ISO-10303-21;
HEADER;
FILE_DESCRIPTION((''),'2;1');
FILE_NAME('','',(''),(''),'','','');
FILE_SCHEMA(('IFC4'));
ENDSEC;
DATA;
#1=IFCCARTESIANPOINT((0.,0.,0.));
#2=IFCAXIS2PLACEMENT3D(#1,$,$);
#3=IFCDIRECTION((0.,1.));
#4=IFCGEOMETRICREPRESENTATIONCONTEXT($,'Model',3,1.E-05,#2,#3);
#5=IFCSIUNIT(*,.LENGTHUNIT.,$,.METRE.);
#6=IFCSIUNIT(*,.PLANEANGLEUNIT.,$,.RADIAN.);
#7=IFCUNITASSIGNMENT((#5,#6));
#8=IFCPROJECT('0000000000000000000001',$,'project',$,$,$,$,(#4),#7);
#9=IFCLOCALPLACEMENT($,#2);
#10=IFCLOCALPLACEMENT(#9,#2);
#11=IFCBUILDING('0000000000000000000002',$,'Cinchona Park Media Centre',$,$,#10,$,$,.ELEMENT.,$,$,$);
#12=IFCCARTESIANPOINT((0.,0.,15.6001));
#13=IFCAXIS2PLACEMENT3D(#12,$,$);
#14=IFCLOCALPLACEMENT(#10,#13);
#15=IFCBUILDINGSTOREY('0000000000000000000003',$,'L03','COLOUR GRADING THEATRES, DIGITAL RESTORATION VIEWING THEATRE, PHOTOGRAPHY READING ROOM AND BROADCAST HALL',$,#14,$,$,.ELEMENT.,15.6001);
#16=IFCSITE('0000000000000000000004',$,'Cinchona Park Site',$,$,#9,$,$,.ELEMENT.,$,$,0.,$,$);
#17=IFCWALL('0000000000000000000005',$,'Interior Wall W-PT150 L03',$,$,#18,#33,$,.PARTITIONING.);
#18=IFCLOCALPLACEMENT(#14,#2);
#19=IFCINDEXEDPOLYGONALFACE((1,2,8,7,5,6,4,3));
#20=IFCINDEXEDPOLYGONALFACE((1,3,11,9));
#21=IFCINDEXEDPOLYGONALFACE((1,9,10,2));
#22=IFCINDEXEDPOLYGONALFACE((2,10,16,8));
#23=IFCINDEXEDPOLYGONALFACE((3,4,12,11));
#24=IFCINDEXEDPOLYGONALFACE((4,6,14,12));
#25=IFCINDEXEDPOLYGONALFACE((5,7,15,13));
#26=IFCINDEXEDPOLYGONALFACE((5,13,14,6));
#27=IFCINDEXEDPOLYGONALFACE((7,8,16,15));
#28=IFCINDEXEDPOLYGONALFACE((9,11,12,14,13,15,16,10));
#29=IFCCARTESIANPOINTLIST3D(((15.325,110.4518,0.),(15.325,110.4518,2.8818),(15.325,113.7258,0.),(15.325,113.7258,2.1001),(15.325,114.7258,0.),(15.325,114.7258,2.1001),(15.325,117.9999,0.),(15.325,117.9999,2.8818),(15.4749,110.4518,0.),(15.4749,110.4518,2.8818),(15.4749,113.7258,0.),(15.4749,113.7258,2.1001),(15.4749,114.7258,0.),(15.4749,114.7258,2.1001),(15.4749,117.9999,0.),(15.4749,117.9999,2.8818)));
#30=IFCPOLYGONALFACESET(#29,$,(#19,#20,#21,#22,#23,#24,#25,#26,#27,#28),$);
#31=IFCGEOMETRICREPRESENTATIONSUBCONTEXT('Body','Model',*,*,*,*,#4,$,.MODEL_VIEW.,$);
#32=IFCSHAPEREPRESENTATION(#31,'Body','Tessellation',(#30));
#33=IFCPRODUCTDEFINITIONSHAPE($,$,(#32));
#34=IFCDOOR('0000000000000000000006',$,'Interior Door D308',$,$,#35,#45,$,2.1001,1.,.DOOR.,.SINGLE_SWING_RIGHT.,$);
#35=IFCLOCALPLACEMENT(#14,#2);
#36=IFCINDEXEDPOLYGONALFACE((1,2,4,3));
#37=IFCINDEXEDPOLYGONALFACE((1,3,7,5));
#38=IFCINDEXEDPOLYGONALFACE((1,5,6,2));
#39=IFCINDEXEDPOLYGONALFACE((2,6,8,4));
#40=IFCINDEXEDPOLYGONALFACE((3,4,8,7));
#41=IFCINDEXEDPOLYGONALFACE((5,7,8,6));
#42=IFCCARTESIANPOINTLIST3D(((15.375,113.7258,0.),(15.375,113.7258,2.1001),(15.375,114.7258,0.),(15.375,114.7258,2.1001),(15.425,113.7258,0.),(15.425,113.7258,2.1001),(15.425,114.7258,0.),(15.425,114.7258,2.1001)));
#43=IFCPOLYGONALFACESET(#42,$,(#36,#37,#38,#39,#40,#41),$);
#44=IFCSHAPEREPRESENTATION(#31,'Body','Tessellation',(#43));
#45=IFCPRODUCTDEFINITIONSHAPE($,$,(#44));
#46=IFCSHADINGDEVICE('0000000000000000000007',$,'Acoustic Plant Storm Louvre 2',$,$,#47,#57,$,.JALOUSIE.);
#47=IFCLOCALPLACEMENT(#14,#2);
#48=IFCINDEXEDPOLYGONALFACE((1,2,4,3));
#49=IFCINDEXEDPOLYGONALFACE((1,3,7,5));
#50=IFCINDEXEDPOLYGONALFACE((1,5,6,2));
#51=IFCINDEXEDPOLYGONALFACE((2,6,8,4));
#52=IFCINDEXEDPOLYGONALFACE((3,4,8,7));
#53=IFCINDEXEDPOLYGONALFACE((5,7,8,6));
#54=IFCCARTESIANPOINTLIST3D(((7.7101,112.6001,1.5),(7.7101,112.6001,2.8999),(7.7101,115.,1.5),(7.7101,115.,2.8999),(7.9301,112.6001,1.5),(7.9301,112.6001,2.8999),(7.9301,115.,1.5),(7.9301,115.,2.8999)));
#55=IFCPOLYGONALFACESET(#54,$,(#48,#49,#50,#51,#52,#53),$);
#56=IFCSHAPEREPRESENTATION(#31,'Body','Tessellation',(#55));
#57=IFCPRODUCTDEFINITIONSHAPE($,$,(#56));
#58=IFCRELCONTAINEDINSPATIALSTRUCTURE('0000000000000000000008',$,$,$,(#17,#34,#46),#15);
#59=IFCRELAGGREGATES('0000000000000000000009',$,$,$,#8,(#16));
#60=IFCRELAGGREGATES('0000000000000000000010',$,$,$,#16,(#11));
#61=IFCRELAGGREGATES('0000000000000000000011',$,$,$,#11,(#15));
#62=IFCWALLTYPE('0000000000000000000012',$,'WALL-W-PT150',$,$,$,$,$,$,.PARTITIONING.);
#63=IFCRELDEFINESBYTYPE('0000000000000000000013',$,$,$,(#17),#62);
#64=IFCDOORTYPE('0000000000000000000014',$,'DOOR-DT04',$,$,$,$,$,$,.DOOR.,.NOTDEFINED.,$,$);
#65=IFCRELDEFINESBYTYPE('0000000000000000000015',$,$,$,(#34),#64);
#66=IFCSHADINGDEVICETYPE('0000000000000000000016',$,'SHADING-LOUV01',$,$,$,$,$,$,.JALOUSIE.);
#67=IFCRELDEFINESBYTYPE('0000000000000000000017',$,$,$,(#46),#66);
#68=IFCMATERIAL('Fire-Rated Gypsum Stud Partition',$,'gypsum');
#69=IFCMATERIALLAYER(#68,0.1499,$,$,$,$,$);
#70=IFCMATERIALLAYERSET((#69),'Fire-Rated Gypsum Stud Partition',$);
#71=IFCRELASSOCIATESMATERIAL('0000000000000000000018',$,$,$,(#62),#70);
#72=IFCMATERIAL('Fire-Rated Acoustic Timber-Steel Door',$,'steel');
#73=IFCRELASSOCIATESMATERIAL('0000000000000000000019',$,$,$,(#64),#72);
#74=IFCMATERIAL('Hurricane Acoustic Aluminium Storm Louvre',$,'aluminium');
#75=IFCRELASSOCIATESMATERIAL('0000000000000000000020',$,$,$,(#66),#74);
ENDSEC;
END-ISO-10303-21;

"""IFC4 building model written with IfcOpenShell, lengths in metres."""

from ifc_helpers import new_model, si_unit, direction, frame, frame_2d, origin, origin_2d, place, context, subcontext, project, spatial, rectangle, extrude, material, layer, layer_set, type_object, element, fill, save


model = new_model("IFC4")

# Units and contexts
model_context = context("Model", 3, precision=1e-05, world=origin(), true_north=direction((0.0, 1.0)))
body_context = subcontext(model_context, "Body", "Model", "MODEL_VIEW")
ifc_project = project(units=[si_unit("LENGTHUNIT", "METRE"), si_unit("PLANEANGLEUNIT", "RADIAN")], contexts=[model_context])

# Site, building, storey
site_placement = place(None, origin())
site = spatial("IfcSite", under=ifc_project, at=site_placement, Name="Cinchona Park Site", CompositionType="ELEMENT", RefElevation=0.0)
building_placement = place(site_placement, origin())
building = spatial("IfcBuilding", under=site, at=building_placement, Name="Cinchona Park Media Centre", CompositionType="ELEMENT")
storey_placement = place(building_placement, frame((0.0, 0.0, 15.6001)))
storey = spatial("IfcBuildingStorey", under=building, at=storey_placement, Name="L03", Description="COLOUR GRADING THEATRES, DIGITAL RESTORATION VIEWING THEATRE, PHOTOGRAPHY READING ROOM AND BROADCAST HALL", CompositionType="ELEMENT", Elevation=15.6001)

# Wall, opening, door
ifc_material_1 = material(Name="Fire-Rated Gypsum Stud Partition", Category="gypsum")
ifc_layer_1 = layer(ifc_material_1, 0.1499)
ifc_layer_set_1 = layer_set([ifc_layer_1], Name="Fire-Rated Gypsum Stud Partition")
wall_type_1 = type_object("IfcWallType", Name="WALL-W-PT150", PredefinedType="PARTITIONING", material=ifc_layer_set_1)
wall_1_placement = place(storey_placement, frame((15.3999, 110.4519, 0.0), z_axis=(0.0, 0.0, 1.0), x_axis=(0.0, 1.0, 0.0)))
wall_1 = element("IfcWall", 1, at=wall_1_placement, inside=storey, type_object=wall_type_1, Name="Interior Wall W-PT150 L03", PredefinedType="PARTITIONING", context=body_context, shape_type="SweptSolid", body=[
    extrude(rectangle(XDim=7.5481, YDim=0.1499, at=frame_2d((3.7739, 0.0))), origin(), (0.0, 0.0, 1.0), 2.8818),
])
opening_placement = place(wall_1_placement, frame((3.2739, 0.0, 0.0)))
opening = element("IfcOpeningElement", 2, at=opening_placement, cuts=wall_1, PredefinedType="OPENING", context=body_context, shape_type="SweptSolid", body=[
    extrude(rectangle(XDim=1.0, YDim=2.1001, at=frame_2d((0.5, 1.05))), frame((0.0, 0.085, 0.0), z_axis=(0.0, -1.0, 0.0), x_axis=(1.0, 0.0, 0.0)), (0.0, 0.0, 1.0), 0.1699),
])
ifc_material_2 = material(Name="Fire-Rated Acoustic Timber-Steel Door", Category="steel")
door_type = type_object("IfcDoorType", Name="DOOR-DT04", OperationType="NOTDEFINED", PredefinedType="DOOR", material=ifc_material_2)
door_placement = place(opening_placement, origin())
door = element("IfcDoor", 3, at=door_placement, inside=storey, type_object=door_type, Name="Interior Door D308", OperationType="SINGLE_SWING_RIGHT", OverallHeight=2.1001, OverallWidth=1.0, PredefinedType="DOOR", context=body_context, shape_type="SweptSolid", body=[
    extrude(rectangle(XDim=1.0, YDim=2.1001, at=frame_2d((0.5, 1.05))), frame((0.0, 0.0249, 0.0), z_axis=(0.0, -1.0, 0.0), x_axis=(1.0, 0.0, 0.0)), (0.0, 0.0, 1.0), 0.05),
])
fill(opening, door)

# Shading device
ifc_material_3 = material(Name="Hurricane Acoustic Aluminium Storm Louvre", Category="aluminium")
shading_device_type = type_object("IfcShadingDeviceType", Name="SHADING-LOUV01", PredefinedType="JALOUSIE", material=ifc_material_3)
shading_device_placement = place(storey_placement, frame((7.8201, 113.8, 1.5), z_axis=(0.0, 0.0, 1.0), x_axis=(0.0, 1.0, 0.0)))
element("IfcShadingDevice", 4, at=shading_device_placement, inside=storey, type_object=shading_device_type, Name="Acoustic Plant Storm Louvre 2", PredefinedType="JALOUSIE", context=body_context, shape_type="SweptSolid", body=[
    extrude(rectangle(XDim=2.3999, YDim=0.22, at=origin_2d()), origin(), (0.0, 0.0, 1.0), 1.3999),
])

save(model, "model.ifc")
